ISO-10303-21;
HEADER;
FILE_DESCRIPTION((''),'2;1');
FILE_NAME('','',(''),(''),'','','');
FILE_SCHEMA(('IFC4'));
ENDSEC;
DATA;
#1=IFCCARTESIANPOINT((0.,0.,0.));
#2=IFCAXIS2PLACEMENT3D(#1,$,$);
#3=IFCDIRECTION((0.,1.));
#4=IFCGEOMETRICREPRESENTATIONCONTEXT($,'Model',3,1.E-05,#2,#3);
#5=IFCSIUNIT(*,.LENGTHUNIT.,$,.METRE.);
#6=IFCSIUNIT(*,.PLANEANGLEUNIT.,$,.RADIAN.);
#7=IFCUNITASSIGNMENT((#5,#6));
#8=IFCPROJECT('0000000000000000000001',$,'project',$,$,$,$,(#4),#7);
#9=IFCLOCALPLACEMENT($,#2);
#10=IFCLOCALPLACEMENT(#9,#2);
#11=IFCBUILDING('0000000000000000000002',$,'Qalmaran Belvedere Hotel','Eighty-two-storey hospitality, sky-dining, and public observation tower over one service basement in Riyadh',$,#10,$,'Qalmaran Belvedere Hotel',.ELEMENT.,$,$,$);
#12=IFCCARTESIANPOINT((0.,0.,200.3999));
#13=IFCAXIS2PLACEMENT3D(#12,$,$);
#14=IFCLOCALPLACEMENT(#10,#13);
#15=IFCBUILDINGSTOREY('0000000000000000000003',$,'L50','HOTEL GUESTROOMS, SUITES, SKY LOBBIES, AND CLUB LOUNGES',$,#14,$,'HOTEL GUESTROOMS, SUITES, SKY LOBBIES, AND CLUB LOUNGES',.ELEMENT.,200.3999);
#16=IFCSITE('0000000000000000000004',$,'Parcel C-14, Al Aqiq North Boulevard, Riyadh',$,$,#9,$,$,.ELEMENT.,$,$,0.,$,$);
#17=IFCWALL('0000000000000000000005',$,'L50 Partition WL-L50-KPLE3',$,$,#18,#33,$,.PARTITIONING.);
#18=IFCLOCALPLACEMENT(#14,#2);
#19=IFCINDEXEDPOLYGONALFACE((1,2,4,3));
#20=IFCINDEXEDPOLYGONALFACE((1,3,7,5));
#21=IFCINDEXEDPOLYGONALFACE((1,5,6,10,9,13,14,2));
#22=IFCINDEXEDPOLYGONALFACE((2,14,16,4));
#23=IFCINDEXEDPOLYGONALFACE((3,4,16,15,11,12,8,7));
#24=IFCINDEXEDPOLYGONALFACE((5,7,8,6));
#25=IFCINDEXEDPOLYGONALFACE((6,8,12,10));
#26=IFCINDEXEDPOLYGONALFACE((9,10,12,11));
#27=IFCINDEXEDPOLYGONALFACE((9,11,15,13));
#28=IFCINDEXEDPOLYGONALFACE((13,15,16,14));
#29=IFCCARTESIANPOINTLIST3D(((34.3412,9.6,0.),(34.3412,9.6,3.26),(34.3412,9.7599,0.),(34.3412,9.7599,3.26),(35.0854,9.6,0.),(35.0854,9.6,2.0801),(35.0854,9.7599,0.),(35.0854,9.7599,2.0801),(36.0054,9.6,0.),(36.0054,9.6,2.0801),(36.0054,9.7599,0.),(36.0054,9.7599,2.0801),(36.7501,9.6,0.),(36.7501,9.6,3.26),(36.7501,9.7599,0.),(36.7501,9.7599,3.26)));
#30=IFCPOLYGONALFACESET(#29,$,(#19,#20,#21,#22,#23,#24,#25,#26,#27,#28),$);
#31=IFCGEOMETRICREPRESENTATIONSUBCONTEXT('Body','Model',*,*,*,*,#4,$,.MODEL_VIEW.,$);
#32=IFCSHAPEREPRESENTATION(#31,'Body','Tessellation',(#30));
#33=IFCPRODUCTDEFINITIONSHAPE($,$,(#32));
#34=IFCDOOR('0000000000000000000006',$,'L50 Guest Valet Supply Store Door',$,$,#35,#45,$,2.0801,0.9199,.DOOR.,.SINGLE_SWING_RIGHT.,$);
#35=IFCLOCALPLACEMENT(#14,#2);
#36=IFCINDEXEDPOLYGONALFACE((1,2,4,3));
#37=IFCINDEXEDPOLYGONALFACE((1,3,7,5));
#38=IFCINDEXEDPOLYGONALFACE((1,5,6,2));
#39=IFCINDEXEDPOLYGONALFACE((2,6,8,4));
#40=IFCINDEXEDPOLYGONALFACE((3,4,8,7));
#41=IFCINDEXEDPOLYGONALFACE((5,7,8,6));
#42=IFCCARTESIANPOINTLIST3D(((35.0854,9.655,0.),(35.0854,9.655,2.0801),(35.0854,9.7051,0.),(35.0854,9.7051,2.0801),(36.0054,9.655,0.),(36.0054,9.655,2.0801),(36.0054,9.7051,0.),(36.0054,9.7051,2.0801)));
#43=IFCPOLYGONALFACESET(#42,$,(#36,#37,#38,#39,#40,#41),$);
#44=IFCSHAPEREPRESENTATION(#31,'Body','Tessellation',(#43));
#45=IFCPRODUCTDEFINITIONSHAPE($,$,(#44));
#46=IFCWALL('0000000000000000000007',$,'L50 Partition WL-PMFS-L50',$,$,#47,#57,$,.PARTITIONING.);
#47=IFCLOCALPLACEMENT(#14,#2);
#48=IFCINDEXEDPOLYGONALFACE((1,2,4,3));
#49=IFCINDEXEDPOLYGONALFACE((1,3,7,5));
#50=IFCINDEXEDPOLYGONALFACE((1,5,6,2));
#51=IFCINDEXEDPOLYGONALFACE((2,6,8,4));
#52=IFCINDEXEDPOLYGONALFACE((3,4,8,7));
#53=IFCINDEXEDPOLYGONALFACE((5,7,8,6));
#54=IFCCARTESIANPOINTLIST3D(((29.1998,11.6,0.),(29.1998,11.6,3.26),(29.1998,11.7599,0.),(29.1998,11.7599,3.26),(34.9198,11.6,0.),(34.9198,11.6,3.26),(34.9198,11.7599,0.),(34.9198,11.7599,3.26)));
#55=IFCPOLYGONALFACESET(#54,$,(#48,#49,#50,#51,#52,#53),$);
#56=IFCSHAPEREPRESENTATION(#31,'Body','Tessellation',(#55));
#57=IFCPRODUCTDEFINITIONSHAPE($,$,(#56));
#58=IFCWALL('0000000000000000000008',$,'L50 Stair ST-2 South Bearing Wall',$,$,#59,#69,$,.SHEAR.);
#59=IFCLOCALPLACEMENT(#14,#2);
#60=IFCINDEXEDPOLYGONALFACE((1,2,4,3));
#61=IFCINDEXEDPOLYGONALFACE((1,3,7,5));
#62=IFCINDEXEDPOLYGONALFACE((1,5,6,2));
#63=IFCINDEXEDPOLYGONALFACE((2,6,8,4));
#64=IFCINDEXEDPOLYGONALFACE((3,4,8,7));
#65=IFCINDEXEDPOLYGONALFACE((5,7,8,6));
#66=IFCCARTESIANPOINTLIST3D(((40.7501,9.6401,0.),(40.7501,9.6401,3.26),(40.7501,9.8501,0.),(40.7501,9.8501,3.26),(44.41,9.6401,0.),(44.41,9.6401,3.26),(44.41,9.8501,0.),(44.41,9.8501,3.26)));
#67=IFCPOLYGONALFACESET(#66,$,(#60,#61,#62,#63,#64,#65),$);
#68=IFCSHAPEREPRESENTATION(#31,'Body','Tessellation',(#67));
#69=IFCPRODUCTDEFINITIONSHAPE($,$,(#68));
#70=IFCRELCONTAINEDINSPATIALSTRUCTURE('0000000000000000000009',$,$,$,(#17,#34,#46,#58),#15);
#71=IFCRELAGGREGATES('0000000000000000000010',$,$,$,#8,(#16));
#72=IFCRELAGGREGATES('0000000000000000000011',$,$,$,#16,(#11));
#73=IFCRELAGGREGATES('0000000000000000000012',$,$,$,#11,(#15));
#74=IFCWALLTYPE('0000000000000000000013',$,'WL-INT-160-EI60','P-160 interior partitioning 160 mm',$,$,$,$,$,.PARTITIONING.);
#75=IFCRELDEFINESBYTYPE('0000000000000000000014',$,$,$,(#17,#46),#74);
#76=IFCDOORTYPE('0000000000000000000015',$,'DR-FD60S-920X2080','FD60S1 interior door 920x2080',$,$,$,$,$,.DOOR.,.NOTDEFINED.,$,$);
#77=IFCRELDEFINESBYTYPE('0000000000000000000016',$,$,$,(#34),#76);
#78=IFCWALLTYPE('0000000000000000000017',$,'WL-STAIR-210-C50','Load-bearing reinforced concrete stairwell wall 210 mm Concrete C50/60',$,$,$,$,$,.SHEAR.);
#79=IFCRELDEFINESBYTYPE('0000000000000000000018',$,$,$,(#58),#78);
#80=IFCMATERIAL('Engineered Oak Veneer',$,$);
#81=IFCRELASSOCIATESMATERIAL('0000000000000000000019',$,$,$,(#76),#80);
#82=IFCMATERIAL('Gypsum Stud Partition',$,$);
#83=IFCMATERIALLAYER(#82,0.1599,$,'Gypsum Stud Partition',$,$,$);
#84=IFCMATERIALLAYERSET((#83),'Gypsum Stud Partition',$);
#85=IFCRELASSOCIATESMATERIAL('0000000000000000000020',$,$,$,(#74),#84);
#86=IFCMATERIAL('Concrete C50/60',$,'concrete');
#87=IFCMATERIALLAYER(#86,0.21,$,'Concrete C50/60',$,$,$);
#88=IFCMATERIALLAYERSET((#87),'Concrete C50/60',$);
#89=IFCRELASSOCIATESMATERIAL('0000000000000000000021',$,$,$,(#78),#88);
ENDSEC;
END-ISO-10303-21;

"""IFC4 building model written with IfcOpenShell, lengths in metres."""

from ifc_helpers import new_model, si_unit, direction, frame, frame_2d, origin, place, context, subcontext, project, spatial, rectangle, extrude, material, layer, layer_set, type_object, element, fill, save


model = new_model("IFC4")

# Units and contexts
model_context = context("Model", 3, precision=1e-05, world=origin(), true_north=direction((0.0, 1.0)))
body_context = subcontext(model_context, "Body", "Model", "MODEL_VIEW")
ifc_project = project(units=[si_unit("LENGTHUNIT", "METRE"), si_unit("PLANEANGLEUNIT", "RADIAN")], contexts=[model_context])

# Site, building, storey
site_placement = place(None, origin())
site = spatial("IfcSite", under=ifc_project, at=site_placement, Name="Parcel C-14, Al Aqiq North Boulevard, Riyadh", CompositionType="ELEMENT", RefElevation=0.0)
building_placement = place(site_placement, origin())
building = spatial("IfcBuilding", under=site, at=building_placement, Name="Qalmaran Belvedere Hotel", Description="Eighty-two-storey hospitality, sky-dining, and public observation tower over one service basement in Riyadh", LongName="Qalmaran Belvedere Hotel", CompositionType="ELEMENT")
storey_placement = place(building_placement, frame((0.0, 0.0, 200.3999)))
storey = spatial("IfcBuildingStorey", under=building, at=storey_placement, Name="L50", Description="HOTEL GUESTROOMS, SUITES, SKY LOBBIES, AND CLUB LOUNGES", LongName="HOTEL GUESTROOMS, SUITES, SKY LOBBIES, AND CLUB LOUNGES", CompositionType="ELEMENT", Elevation=200.3999)

# Shared definitions
ifc_material_1 = material(Name="Concrete C50/60", Category="concrete")

# Shared definitions
ifc_material_2 = material(Name="Gypsum Stud Partition")

# Shared definitions
ifc_material_3 = material(Name="Engineered Oak Veneer")
door_type_1 = type_object("IfcDoorType", Name="DR-FD60S-920X2080", Description="FD60S1 interior door 920x2080", OperationType="NOTDEFINED", PredefinedType="DOOR", material=ifc_material_3)

# Shared definitions
ifc_layer_1 = layer(ifc_material_2, 0.1599, Name="Gypsum Stud Partition")
ifc_layer_set_1 = layer_set([ifc_layer_1], Name="Gypsum Stud Partition")
wall_type_1 = type_object("IfcWallType", Name="WL-INT-160-EI60", Description="P-160 interior partitioning 160 mm", PredefinedType="PARTITIONING", material=ifc_layer_set_1)

# Wall, opening, door
wall_1_placement = place(storey_placement, frame((34.3411, 9.6799, 0.0), z_axis=(0.0, 0.0, 1.0), x_axis=(1.0, 0.0, 0.0)))
wall_1 = element("IfcWall", 1, at=wall_1_placement, inside=storey, type_object=wall_type_1, Name="L50 Partition WL-L50-KPLE3", PredefinedType="PARTITIONING", context=body_context, shape_type="SweptSolid", body=[
    extrude(rectangle(XDim=2.4089, YDim=0.1599, at=frame_2d((1.2046, 0.0))), origin(), (0.0, 0.0, 1.0), 3.26),
])
opening_1_placement = place(wall_1_placement, frame((1.6643, 0.0, 0.0), z_axis=(0.0, 0.0, 1.0), x_axis=(-1.0, 0.0, 0.0)))
opening_1 = element("IfcOpeningElement", 2, at=opening_1_placement, cuts=wall_1, PredefinedType="OPENING", context=body_context, shape_type="SweptSolid", body=[
    extrude(rectangle(XDim=0.9199, YDim=2.0801, at=frame_2d((0.46, 1.04))), frame((0.0, 0.0898, 0.0), z_axis=(0.0, -1.0, 0.0), x_axis=(1.0, 0.0, 0.0)), (0.0, 0.0, 1.0), 0.1799),
])
door_1_placement = place(opening_1_placement, origin())
door_1 = element("IfcDoor", 3, at=door_1_placement, inside=storey, type_object=door_type_1, Name="L50 Guest Valet Supply Store Door", OperationType="SINGLE_SWING_RIGHT", OverallHeight=2.0801, OverallWidth=0.9199, PredefinedType="DOOR", context=body_context, shape_type="SweptSolid", body=[
    extrude(rectangle(XDim=0.9199, YDim=2.0801, at=frame_2d((0.46, 1.04))), frame((0.0, 0.0249, 0.0), z_axis=(0.0, -1.0, 0.0), x_axis=(1.0, 0.0, 0.0)), (0.0, 0.0, 1.0), 0.05),
])
fill(opening_1, door_1)

# Walls
wall_2_placement = place(storey_placement, frame((29.2, 11.6799, 0.0), z_axis=(0.0, 0.0, 1.0), x_axis=(1.0, 0.0, 0.0)))
element("IfcWall", 4, at=wall_2_placement, inside=storey, type_object=wall_type_1, Name="L50 Partition WL-PMFS-L50", PredefinedType="PARTITIONING", context=body_context, shape_type="SweptSolid", body=[
    extrude(rectangle(XDim=5.72, YDim=0.1599, at=frame_2d((2.8599, 0.0))), origin(), (0.0, 0.0, 1.0), 3.26),
])
ifc_layer_2 = layer(ifc_material_1, 0.21, Name="Concrete C50/60")
ifc_layer_set_2 = layer_set([ifc_layer_2], Name="Concrete C50/60")
wall_type_2 = type_object("IfcWallType", Name="WL-STAIR-210-C50", Description="Load-bearing reinforced concrete stairwell wall 210 mm Concrete C50/60", PredefinedType="SHEAR", material=ifc_layer_set_2)
wall_3_placement = place(storey_placement, frame((40.75, 9.7451, 0.0), z_axis=(0.0, 0.0, 1.0), x_axis=(1.0, 0.0, 0.0)))
element("IfcWall", 5, at=wall_3_placement, inside=storey, type_object=wall_type_2, Name="L50 Stair ST-2 South Bearing Wall", PredefinedType="SHEAR", context=body_context, shape_type="SweptSolid", body=[
    extrude(rectangle(XDim=3.6599, YDim=0.21, at=frame_2d((1.8301, 0.0))), origin(), (0.0, 0.0, 1.0), 3.26),
])

save(model, "model.ifc")
